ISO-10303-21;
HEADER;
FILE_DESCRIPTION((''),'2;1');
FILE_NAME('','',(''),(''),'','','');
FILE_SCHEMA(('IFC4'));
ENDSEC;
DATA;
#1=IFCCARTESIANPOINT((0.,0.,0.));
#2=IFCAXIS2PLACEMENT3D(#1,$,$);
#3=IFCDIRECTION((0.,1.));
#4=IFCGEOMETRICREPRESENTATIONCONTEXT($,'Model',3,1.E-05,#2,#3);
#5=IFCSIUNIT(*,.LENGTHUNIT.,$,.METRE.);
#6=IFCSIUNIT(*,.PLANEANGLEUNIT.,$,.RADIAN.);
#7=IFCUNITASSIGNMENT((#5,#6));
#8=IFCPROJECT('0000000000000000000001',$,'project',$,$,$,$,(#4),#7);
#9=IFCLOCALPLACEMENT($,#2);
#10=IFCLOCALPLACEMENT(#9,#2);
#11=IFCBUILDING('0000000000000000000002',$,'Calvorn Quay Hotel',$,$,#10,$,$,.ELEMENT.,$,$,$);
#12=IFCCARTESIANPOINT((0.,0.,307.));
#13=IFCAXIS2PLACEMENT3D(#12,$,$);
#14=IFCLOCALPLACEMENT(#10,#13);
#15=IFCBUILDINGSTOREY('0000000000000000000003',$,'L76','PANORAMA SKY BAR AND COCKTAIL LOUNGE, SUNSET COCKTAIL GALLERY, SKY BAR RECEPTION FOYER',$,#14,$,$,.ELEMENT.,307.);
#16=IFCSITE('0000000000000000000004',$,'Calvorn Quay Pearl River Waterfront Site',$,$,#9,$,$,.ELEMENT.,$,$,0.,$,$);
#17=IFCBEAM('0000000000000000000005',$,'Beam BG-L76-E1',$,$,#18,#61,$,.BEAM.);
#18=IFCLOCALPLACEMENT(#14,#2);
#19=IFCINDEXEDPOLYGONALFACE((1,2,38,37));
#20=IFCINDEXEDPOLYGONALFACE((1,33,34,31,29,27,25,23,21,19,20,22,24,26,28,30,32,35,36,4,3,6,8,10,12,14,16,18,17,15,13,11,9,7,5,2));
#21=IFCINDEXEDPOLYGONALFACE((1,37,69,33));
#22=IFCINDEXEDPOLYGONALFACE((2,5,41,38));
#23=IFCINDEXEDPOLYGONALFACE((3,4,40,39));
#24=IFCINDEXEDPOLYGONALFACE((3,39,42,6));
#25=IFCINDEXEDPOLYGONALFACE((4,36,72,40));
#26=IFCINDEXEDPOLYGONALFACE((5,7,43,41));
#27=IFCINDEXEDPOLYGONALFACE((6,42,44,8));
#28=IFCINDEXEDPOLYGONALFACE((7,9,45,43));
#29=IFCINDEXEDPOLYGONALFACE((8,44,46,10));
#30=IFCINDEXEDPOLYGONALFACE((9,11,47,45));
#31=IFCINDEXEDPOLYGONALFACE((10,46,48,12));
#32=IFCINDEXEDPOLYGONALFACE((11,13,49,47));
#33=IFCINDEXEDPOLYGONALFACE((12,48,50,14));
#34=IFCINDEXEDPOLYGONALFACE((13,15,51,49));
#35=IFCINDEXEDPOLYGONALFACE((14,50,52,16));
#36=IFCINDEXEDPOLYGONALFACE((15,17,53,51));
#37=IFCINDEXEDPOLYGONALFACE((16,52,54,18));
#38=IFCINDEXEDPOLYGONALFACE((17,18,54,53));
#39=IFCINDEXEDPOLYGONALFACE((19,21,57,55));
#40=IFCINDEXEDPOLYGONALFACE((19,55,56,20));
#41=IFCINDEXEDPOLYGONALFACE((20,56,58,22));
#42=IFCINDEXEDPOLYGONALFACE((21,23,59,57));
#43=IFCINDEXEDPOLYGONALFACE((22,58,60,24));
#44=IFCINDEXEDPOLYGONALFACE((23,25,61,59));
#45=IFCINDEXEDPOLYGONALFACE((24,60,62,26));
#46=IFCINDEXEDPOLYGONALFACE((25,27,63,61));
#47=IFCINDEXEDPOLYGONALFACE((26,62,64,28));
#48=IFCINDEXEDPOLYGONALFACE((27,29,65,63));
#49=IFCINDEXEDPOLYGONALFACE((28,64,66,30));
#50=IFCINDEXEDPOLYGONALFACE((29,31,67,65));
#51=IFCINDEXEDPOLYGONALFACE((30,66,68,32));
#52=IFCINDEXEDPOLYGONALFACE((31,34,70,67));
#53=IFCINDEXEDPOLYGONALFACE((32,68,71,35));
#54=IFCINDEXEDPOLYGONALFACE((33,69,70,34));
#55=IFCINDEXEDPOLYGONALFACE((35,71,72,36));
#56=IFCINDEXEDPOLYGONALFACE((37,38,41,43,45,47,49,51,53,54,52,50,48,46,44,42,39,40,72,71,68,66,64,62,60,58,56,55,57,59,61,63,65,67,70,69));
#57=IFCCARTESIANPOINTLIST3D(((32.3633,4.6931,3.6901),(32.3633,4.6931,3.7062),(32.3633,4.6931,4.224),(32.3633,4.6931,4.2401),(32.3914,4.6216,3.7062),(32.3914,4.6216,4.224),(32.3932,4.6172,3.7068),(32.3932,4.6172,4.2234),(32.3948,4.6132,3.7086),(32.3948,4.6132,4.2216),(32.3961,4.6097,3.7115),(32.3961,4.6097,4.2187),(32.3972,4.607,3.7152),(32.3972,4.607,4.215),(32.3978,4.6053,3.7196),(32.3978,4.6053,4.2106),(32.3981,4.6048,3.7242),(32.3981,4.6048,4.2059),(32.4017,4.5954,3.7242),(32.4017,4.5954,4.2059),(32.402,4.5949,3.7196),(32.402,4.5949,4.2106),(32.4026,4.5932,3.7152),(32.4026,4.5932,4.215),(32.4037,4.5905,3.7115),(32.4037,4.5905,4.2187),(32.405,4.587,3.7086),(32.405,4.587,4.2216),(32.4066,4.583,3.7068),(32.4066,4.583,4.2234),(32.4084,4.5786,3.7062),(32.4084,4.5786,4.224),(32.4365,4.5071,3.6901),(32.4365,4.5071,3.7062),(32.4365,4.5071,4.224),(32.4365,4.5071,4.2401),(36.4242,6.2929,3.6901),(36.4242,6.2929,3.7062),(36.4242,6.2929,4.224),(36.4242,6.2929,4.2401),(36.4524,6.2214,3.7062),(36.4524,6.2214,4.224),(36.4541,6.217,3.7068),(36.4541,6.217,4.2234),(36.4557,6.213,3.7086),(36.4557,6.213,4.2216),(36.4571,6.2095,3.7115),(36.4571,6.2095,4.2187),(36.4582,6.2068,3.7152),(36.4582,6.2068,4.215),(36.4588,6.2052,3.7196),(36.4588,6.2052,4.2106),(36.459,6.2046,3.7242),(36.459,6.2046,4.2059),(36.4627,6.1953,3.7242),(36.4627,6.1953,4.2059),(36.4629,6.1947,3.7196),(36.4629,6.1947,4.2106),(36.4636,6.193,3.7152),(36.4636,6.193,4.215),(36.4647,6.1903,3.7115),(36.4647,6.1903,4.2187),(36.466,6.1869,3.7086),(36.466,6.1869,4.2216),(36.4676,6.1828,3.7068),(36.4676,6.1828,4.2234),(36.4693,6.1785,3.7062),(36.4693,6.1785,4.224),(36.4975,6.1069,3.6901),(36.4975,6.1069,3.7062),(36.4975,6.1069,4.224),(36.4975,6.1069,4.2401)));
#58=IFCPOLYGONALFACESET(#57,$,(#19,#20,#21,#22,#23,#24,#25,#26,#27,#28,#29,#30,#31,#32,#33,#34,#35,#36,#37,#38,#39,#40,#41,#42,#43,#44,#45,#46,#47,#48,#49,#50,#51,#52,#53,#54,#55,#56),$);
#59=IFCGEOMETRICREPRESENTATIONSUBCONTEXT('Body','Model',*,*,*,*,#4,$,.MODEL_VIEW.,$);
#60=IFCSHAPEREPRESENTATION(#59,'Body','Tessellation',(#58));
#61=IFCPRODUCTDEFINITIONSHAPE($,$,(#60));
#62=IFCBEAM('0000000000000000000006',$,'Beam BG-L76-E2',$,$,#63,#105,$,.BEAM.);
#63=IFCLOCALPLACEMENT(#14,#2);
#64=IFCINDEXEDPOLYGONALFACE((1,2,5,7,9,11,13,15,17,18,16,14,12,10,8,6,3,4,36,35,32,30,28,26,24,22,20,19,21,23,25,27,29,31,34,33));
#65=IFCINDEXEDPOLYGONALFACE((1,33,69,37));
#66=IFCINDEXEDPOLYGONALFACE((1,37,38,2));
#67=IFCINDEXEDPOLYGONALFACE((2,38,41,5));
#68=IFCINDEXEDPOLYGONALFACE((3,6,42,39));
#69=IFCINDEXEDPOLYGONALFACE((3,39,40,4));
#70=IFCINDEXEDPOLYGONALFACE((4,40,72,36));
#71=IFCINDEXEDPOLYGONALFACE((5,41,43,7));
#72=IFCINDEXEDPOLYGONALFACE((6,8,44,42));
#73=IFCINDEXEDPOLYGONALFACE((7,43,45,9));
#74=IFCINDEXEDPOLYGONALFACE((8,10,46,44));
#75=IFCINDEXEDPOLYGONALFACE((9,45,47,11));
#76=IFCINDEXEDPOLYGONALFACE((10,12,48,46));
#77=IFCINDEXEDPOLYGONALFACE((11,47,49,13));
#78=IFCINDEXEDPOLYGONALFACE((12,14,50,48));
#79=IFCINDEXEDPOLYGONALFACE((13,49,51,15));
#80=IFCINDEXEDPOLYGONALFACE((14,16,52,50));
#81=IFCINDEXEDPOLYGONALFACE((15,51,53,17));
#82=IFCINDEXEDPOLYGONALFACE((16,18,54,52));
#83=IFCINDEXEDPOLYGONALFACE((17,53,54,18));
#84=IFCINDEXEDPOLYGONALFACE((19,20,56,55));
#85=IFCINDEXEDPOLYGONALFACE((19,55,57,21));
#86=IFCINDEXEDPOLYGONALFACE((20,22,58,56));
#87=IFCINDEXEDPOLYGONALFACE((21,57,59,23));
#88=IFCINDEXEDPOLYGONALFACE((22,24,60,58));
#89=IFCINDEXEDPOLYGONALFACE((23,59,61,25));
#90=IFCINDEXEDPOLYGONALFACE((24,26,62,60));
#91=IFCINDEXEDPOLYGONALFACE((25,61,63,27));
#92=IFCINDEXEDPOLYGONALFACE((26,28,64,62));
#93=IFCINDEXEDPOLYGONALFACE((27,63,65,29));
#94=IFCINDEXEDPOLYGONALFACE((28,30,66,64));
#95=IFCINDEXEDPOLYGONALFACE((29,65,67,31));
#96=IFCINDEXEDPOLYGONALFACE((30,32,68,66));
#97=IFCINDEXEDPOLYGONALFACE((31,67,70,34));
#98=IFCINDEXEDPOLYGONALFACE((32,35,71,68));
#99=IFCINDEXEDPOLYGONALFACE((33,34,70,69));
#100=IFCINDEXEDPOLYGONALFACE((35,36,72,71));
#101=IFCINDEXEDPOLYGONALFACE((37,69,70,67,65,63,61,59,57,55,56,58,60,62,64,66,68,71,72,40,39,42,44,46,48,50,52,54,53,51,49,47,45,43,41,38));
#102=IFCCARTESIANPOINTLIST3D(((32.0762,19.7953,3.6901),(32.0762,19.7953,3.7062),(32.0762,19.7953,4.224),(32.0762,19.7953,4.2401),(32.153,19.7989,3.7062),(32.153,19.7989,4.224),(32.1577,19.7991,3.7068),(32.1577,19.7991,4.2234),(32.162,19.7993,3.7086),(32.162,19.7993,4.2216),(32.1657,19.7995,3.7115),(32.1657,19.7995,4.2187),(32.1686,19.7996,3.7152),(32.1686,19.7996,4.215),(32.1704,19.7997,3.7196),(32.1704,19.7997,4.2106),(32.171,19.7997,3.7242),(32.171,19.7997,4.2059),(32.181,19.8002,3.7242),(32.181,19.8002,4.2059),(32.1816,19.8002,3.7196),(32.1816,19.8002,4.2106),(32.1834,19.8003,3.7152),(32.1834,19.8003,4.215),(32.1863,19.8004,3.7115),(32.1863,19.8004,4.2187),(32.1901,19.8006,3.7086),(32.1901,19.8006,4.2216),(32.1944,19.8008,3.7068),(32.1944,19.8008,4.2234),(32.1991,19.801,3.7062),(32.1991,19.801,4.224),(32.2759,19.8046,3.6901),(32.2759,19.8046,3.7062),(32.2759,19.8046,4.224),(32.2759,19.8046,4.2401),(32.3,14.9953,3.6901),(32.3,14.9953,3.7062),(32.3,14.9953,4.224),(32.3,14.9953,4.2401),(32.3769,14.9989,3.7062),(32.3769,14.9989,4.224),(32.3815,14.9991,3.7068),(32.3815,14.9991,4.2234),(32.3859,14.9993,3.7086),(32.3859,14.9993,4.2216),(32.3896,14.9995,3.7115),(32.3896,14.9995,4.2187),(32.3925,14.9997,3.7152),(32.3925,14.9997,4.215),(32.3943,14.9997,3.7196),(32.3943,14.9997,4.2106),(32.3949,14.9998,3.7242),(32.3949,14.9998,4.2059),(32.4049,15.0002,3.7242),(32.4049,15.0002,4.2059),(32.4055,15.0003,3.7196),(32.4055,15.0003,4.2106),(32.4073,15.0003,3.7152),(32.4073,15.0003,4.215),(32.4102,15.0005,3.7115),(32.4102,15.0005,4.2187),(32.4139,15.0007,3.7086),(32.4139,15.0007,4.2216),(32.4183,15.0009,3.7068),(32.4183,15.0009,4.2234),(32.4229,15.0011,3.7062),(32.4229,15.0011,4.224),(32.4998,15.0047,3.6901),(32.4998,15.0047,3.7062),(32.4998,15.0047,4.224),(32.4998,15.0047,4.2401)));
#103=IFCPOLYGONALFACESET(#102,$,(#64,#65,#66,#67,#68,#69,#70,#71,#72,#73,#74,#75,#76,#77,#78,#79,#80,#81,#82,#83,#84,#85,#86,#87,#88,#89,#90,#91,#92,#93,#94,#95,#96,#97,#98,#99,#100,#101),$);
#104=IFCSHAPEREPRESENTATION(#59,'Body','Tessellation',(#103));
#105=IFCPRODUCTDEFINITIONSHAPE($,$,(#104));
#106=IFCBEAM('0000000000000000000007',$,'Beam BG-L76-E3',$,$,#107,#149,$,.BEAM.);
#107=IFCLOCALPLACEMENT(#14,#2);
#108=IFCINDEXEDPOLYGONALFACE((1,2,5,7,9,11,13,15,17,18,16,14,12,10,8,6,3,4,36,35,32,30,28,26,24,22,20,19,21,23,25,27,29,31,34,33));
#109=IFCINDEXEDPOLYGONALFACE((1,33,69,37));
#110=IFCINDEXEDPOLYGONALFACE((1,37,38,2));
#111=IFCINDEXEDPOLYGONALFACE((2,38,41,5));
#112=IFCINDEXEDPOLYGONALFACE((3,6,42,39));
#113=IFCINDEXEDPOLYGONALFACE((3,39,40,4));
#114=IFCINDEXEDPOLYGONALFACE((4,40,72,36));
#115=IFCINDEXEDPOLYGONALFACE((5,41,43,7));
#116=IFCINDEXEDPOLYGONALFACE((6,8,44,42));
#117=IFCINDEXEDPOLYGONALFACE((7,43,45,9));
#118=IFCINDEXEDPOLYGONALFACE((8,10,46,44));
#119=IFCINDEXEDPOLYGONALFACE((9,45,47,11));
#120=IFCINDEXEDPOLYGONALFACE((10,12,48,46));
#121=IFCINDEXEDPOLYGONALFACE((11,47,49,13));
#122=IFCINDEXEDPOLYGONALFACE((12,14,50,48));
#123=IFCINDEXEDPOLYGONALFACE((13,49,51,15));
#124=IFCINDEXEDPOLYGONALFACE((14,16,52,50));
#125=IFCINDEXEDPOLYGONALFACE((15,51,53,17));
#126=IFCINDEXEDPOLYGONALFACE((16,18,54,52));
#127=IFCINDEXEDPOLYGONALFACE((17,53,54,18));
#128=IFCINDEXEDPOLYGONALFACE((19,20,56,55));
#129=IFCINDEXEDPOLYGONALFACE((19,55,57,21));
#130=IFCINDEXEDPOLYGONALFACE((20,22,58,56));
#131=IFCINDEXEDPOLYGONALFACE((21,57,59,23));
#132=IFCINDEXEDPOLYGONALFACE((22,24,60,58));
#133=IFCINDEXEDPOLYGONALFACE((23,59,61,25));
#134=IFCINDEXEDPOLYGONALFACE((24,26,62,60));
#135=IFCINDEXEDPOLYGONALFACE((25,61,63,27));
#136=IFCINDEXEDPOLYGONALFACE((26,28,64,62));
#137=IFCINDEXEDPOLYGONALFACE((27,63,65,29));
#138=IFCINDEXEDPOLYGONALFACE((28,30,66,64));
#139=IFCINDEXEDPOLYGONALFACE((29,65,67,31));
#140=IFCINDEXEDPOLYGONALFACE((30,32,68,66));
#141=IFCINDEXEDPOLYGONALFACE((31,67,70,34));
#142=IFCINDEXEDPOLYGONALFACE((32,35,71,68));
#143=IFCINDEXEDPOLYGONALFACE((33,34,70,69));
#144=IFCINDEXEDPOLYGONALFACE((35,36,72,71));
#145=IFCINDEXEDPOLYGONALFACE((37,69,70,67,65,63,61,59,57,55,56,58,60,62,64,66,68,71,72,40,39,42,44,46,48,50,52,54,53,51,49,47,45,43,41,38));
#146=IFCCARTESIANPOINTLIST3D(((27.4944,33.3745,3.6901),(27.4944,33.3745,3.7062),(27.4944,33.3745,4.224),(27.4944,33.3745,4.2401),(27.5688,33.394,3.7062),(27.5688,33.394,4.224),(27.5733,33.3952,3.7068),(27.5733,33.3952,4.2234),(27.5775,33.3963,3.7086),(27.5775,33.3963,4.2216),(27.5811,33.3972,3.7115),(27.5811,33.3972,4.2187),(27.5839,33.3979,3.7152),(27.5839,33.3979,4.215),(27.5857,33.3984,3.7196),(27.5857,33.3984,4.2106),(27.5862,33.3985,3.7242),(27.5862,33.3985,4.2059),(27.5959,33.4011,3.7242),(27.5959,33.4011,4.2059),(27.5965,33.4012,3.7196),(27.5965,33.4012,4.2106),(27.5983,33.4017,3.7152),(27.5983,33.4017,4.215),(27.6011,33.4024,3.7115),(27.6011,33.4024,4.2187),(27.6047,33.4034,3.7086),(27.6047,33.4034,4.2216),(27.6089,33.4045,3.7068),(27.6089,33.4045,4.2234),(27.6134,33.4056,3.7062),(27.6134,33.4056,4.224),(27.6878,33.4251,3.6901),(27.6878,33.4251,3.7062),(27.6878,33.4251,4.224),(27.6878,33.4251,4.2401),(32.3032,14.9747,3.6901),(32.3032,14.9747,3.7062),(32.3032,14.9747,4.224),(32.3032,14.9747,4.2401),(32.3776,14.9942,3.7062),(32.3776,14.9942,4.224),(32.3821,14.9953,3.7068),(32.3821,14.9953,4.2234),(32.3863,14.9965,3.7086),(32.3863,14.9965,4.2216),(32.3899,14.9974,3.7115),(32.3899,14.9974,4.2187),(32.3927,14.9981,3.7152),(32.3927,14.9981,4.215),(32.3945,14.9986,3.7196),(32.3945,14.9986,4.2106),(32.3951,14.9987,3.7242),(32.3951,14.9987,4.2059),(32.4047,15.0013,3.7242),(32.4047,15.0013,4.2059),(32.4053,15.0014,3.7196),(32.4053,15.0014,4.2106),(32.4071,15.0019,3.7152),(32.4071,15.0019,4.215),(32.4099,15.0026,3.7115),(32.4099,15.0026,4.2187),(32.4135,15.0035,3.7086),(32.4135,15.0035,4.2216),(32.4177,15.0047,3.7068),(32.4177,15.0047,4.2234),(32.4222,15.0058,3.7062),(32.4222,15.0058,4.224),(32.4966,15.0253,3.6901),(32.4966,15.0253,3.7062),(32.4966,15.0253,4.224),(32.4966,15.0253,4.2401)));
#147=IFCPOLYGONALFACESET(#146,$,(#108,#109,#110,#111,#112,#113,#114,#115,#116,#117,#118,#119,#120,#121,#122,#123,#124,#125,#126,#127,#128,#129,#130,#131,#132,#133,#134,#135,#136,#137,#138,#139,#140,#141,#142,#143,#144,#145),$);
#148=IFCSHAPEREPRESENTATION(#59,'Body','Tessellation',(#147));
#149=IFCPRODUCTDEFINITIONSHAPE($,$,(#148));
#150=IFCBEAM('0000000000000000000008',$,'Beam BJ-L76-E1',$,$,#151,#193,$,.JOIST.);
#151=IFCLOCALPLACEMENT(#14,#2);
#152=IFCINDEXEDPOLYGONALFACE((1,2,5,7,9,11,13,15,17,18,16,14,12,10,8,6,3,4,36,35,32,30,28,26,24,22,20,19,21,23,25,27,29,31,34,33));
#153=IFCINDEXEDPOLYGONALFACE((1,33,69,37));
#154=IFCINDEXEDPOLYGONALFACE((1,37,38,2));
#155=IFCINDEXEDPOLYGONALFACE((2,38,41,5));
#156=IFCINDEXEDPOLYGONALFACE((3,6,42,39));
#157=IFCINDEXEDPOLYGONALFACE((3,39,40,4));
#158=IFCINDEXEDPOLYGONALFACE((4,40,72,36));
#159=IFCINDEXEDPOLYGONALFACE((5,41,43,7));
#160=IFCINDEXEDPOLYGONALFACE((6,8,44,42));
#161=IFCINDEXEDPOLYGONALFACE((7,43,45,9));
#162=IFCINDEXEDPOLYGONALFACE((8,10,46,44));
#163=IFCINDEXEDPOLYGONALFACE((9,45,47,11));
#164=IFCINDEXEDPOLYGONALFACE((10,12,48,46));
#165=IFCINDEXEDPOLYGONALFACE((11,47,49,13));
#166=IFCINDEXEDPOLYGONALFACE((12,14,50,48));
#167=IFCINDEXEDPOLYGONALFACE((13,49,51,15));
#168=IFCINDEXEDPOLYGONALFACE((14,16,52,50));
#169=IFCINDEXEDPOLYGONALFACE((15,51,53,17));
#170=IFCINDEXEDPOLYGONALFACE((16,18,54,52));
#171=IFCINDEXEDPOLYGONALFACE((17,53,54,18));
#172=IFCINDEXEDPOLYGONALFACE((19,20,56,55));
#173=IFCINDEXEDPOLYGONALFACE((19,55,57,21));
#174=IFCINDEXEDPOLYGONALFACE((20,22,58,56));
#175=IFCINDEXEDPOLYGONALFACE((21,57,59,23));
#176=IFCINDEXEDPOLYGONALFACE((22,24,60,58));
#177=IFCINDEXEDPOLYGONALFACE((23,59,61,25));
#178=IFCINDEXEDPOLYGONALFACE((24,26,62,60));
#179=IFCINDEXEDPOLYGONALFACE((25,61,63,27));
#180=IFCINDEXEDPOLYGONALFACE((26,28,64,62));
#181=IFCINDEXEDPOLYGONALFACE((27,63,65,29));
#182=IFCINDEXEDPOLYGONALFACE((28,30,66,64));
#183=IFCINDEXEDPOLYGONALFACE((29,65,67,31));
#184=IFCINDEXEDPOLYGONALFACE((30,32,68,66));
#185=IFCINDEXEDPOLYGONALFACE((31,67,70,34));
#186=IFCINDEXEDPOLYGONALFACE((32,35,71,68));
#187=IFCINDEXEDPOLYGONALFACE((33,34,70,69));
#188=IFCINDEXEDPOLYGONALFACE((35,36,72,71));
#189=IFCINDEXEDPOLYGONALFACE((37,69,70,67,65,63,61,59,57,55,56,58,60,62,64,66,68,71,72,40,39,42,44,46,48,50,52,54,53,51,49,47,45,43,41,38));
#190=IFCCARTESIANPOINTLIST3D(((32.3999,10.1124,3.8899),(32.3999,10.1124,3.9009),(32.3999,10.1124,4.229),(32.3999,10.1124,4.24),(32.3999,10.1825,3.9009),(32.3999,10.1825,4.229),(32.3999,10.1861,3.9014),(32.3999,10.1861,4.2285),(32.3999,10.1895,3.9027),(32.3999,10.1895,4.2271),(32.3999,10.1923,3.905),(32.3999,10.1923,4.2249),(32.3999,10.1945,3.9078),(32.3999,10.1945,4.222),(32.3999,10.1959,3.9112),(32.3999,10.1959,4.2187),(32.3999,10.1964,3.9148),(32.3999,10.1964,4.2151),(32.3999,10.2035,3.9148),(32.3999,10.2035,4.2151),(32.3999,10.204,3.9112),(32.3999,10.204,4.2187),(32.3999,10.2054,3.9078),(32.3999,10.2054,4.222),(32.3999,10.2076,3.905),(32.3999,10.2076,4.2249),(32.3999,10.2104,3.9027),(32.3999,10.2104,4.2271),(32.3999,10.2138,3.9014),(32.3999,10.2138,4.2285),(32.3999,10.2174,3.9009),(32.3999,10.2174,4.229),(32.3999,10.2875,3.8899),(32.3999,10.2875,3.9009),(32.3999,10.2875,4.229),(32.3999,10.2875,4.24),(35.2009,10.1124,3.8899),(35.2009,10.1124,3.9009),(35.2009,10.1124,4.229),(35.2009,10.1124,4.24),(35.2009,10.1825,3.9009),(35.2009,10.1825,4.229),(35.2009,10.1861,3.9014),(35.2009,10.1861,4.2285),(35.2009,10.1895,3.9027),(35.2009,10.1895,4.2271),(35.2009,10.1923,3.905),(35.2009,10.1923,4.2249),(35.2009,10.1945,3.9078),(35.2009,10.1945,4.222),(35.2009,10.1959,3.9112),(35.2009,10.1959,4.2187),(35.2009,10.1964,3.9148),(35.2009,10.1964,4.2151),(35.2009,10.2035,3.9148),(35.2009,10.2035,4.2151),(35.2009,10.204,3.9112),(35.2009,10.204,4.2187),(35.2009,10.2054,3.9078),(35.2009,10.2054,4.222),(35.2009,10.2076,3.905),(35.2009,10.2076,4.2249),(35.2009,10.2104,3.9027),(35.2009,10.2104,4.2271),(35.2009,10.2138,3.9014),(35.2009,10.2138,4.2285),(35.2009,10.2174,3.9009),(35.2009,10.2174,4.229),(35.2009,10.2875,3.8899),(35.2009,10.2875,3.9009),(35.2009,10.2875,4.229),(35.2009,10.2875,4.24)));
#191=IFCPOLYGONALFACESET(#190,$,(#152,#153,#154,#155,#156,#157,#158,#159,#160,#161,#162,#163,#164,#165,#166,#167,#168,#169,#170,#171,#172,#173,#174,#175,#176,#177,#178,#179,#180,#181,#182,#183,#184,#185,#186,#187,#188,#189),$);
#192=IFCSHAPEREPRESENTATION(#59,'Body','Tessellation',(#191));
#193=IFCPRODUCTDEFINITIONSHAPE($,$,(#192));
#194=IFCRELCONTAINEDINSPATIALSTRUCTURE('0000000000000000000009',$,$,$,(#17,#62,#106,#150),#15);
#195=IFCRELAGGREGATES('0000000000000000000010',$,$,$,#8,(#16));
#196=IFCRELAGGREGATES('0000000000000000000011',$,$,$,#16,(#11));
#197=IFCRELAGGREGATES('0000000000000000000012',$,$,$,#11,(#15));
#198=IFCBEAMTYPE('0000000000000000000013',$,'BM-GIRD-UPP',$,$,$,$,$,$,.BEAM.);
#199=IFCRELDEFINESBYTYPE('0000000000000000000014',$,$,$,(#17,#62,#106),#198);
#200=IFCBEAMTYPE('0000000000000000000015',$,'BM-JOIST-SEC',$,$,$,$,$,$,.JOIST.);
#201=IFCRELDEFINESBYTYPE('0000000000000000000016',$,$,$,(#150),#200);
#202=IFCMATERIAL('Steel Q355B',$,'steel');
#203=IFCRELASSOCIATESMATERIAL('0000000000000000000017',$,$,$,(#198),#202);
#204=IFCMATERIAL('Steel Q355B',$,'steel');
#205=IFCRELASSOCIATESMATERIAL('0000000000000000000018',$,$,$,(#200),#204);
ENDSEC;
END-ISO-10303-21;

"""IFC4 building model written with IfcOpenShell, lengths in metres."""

from ifc_helpers import new_model, si_unit, direction, frame, origin, origin_2d, place, context, subcontext, project, spatial, i_section, extrude, material, material_profile, profile_set, type_object, element, save


model = new_model("IFC4")

# Units and contexts
model_context = context("Model", 3, precision=1e-05, world=origin(), true_north=direction((0.0, 1.0)))
body_context = subcontext(model_context, "Body", "Model", "MODEL_VIEW")
ifc_project = project(units=[si_unit("LENGTHUNIT", "METRE"), si_unit("PLANEANGLEUNIT", "RADIAN")], contexts=[model_context])

# Site, building, storey
site_placement = place(None, origin())
site = spatial("IfcSite", under=ifc_project, at=site_placement, Name="Calvorn Quay Pearl River Waterfront Site", CompositionType="ELEMENT", RefElevation=0.0)
building_placement = place(site_placement, origin())
building = spatial("IfcBuilding", under=site, at=building_placement, Name="Calvorn Quay Hotel", CompositionType="ELEMENT")
storey_placement = place(building_placement, frame((0.0, 0.0, 307.0)))
storey = spatial("IfcBuildingStorey", under=building, at=storey_placement, Name="L76", Description="PANORAMA SKY BAR AND COCKTAIL LOUNGE, SUNSET COCKTAIL GALLERY, SKY BAR RECEPTION FOYER", CompositionType="ELEMENT", Elevation=307.0)

# Beams
ifc_material_1 = material(Name="Steel Q355B", Category="steel")
ifc_material_profile_1 = material_profile(ifc_material_1, i_section(OverallWidth=0.2, OverallDepth=0.55, WebThickness=0.01, FlangeThickness=0.0161, FilletRadius=0.0181, at=origin_2d()), Name="HN550x200x10x16")
ifc_profile_set_1 = profile_set([ifc_material_profile_1], Name="Steel Q355B")
beam_type_1 = type_object("IfcBeamType", Name="BM-GIRD-UPP", PredefinedType="BEAM", material=ifc_profile_set_1)
beam_1_placement = place(storey_placement, frame((32.3999, 4.6001, 3.9651), z_axis=(0.930404, 0.366535, 0.0), x_axis=(-0.366535, 0.930404, 0.0)))
element("IfcBeam", 1, at=beam_1_placement, inside=storey, type_object=beam_type_1, Name="Beam BG-L76-E1", PredefinedType="BEAM", context=body_context, shape_type="SweptSolid", body=[
    extrude(i_section(OverallWidth=0.2, OverallDepth=0.55, WebThickness=0.01, FlangeThickness=0.0161, FilletRadius=0.0181, at=origin_2d()), origin(), (0.0, 0.0, 1.0), 4.3647),
])
beam_2_placement = place(storey_placement, frame((32.3999, 15.0, 3.9651), z_axis=(-0.04659, 0.998914, 0.0), x_axis=(-0.998914, -0.04659, 0.0)))
element("IfcBeam", 2, at=beam_2_placement, inside=storey, type_object=beam_type_1, Name="Beam BG-L76-E2", PredefinedType="BEAM", context=body_context, shape_type="SweptSolid", body=[
    extrude(i_section(OverallWidth=0.2, OverallDepth=0.55, WebThickness=0.01, FlangeThickness=0.0161, FilletRadius=0.0181, at=origin_2d()), origin(), (0.0, 0.0, 1.0), 4.8052),
])
beam_3_placement = place(storey_placement, frame((32.3999, 15.0, 3.9651), z_axis=(-0.252858, 0.967503, 0.0), x_axis=(-0.967503, -0.252858, 0.0)))
element("IfcBeam", 3, at=beam_3_placement, inside=storey, type_object=beam_type_1, Name="Beam BG-L76-E3", PredefinedType="BEAM", context=body_context, shape_type="SweptSolid", body=[
    extrude(i_section(OverallWidth=0.2, OverallDepth=0.55, WebThickness=0.01, FlangeThickness=0.0161, FilletRadius=0.0181, at=origin_2d()), origin(), (0.0, 0.0, 1.0), 19.0178),
])
ifc_material_2 = material(Name="Steel Q355B", Category="steel")
ifc_material_profile_2 = material_profile(ifc_material_2, i_section(OverallWidth=0.175, OverallDepth=0.3501, WebThickness=0.0071, FlangeThickness=0.011, FilletRadius=0.0139, at=origin_2d()), Name="HN350x175x7x11")
ifc_profile_set_2 = profile_set([ifc_material_profile_2], Name="Steel Q355B")
beam_type_2 = type_object("IfcBeamType", Name="BM-JOIST-SEC", PredefinedType="JOIST", material=ifc_profile_set_2)
beam_4_placement = place(storey_placement, frame((32.3999, 10.2, 4.0649), z_axis=(1.0, 0.0, 0.0), x_axis=(0.0, 1.0, 0.0)))
element("IfcBeam", 4, at=beam_4_placement, inside=storey, type_object=beam_type_2, Name="Beam BJ-L76-E1", PredefinedType="JOIST", context=body_context, shape_type="SweptSolid", body=[
    extrude(i_section(OverallWidth=0.175, OverallDepth=0.3501, WebThickness=0.0071, FlangeThickness=0.011, FilletRadius=0.0139, at=origin_2d()), origin(), (0.0, 0.0, 1.0), 2.801),
])

save(model, "model.ifc")
